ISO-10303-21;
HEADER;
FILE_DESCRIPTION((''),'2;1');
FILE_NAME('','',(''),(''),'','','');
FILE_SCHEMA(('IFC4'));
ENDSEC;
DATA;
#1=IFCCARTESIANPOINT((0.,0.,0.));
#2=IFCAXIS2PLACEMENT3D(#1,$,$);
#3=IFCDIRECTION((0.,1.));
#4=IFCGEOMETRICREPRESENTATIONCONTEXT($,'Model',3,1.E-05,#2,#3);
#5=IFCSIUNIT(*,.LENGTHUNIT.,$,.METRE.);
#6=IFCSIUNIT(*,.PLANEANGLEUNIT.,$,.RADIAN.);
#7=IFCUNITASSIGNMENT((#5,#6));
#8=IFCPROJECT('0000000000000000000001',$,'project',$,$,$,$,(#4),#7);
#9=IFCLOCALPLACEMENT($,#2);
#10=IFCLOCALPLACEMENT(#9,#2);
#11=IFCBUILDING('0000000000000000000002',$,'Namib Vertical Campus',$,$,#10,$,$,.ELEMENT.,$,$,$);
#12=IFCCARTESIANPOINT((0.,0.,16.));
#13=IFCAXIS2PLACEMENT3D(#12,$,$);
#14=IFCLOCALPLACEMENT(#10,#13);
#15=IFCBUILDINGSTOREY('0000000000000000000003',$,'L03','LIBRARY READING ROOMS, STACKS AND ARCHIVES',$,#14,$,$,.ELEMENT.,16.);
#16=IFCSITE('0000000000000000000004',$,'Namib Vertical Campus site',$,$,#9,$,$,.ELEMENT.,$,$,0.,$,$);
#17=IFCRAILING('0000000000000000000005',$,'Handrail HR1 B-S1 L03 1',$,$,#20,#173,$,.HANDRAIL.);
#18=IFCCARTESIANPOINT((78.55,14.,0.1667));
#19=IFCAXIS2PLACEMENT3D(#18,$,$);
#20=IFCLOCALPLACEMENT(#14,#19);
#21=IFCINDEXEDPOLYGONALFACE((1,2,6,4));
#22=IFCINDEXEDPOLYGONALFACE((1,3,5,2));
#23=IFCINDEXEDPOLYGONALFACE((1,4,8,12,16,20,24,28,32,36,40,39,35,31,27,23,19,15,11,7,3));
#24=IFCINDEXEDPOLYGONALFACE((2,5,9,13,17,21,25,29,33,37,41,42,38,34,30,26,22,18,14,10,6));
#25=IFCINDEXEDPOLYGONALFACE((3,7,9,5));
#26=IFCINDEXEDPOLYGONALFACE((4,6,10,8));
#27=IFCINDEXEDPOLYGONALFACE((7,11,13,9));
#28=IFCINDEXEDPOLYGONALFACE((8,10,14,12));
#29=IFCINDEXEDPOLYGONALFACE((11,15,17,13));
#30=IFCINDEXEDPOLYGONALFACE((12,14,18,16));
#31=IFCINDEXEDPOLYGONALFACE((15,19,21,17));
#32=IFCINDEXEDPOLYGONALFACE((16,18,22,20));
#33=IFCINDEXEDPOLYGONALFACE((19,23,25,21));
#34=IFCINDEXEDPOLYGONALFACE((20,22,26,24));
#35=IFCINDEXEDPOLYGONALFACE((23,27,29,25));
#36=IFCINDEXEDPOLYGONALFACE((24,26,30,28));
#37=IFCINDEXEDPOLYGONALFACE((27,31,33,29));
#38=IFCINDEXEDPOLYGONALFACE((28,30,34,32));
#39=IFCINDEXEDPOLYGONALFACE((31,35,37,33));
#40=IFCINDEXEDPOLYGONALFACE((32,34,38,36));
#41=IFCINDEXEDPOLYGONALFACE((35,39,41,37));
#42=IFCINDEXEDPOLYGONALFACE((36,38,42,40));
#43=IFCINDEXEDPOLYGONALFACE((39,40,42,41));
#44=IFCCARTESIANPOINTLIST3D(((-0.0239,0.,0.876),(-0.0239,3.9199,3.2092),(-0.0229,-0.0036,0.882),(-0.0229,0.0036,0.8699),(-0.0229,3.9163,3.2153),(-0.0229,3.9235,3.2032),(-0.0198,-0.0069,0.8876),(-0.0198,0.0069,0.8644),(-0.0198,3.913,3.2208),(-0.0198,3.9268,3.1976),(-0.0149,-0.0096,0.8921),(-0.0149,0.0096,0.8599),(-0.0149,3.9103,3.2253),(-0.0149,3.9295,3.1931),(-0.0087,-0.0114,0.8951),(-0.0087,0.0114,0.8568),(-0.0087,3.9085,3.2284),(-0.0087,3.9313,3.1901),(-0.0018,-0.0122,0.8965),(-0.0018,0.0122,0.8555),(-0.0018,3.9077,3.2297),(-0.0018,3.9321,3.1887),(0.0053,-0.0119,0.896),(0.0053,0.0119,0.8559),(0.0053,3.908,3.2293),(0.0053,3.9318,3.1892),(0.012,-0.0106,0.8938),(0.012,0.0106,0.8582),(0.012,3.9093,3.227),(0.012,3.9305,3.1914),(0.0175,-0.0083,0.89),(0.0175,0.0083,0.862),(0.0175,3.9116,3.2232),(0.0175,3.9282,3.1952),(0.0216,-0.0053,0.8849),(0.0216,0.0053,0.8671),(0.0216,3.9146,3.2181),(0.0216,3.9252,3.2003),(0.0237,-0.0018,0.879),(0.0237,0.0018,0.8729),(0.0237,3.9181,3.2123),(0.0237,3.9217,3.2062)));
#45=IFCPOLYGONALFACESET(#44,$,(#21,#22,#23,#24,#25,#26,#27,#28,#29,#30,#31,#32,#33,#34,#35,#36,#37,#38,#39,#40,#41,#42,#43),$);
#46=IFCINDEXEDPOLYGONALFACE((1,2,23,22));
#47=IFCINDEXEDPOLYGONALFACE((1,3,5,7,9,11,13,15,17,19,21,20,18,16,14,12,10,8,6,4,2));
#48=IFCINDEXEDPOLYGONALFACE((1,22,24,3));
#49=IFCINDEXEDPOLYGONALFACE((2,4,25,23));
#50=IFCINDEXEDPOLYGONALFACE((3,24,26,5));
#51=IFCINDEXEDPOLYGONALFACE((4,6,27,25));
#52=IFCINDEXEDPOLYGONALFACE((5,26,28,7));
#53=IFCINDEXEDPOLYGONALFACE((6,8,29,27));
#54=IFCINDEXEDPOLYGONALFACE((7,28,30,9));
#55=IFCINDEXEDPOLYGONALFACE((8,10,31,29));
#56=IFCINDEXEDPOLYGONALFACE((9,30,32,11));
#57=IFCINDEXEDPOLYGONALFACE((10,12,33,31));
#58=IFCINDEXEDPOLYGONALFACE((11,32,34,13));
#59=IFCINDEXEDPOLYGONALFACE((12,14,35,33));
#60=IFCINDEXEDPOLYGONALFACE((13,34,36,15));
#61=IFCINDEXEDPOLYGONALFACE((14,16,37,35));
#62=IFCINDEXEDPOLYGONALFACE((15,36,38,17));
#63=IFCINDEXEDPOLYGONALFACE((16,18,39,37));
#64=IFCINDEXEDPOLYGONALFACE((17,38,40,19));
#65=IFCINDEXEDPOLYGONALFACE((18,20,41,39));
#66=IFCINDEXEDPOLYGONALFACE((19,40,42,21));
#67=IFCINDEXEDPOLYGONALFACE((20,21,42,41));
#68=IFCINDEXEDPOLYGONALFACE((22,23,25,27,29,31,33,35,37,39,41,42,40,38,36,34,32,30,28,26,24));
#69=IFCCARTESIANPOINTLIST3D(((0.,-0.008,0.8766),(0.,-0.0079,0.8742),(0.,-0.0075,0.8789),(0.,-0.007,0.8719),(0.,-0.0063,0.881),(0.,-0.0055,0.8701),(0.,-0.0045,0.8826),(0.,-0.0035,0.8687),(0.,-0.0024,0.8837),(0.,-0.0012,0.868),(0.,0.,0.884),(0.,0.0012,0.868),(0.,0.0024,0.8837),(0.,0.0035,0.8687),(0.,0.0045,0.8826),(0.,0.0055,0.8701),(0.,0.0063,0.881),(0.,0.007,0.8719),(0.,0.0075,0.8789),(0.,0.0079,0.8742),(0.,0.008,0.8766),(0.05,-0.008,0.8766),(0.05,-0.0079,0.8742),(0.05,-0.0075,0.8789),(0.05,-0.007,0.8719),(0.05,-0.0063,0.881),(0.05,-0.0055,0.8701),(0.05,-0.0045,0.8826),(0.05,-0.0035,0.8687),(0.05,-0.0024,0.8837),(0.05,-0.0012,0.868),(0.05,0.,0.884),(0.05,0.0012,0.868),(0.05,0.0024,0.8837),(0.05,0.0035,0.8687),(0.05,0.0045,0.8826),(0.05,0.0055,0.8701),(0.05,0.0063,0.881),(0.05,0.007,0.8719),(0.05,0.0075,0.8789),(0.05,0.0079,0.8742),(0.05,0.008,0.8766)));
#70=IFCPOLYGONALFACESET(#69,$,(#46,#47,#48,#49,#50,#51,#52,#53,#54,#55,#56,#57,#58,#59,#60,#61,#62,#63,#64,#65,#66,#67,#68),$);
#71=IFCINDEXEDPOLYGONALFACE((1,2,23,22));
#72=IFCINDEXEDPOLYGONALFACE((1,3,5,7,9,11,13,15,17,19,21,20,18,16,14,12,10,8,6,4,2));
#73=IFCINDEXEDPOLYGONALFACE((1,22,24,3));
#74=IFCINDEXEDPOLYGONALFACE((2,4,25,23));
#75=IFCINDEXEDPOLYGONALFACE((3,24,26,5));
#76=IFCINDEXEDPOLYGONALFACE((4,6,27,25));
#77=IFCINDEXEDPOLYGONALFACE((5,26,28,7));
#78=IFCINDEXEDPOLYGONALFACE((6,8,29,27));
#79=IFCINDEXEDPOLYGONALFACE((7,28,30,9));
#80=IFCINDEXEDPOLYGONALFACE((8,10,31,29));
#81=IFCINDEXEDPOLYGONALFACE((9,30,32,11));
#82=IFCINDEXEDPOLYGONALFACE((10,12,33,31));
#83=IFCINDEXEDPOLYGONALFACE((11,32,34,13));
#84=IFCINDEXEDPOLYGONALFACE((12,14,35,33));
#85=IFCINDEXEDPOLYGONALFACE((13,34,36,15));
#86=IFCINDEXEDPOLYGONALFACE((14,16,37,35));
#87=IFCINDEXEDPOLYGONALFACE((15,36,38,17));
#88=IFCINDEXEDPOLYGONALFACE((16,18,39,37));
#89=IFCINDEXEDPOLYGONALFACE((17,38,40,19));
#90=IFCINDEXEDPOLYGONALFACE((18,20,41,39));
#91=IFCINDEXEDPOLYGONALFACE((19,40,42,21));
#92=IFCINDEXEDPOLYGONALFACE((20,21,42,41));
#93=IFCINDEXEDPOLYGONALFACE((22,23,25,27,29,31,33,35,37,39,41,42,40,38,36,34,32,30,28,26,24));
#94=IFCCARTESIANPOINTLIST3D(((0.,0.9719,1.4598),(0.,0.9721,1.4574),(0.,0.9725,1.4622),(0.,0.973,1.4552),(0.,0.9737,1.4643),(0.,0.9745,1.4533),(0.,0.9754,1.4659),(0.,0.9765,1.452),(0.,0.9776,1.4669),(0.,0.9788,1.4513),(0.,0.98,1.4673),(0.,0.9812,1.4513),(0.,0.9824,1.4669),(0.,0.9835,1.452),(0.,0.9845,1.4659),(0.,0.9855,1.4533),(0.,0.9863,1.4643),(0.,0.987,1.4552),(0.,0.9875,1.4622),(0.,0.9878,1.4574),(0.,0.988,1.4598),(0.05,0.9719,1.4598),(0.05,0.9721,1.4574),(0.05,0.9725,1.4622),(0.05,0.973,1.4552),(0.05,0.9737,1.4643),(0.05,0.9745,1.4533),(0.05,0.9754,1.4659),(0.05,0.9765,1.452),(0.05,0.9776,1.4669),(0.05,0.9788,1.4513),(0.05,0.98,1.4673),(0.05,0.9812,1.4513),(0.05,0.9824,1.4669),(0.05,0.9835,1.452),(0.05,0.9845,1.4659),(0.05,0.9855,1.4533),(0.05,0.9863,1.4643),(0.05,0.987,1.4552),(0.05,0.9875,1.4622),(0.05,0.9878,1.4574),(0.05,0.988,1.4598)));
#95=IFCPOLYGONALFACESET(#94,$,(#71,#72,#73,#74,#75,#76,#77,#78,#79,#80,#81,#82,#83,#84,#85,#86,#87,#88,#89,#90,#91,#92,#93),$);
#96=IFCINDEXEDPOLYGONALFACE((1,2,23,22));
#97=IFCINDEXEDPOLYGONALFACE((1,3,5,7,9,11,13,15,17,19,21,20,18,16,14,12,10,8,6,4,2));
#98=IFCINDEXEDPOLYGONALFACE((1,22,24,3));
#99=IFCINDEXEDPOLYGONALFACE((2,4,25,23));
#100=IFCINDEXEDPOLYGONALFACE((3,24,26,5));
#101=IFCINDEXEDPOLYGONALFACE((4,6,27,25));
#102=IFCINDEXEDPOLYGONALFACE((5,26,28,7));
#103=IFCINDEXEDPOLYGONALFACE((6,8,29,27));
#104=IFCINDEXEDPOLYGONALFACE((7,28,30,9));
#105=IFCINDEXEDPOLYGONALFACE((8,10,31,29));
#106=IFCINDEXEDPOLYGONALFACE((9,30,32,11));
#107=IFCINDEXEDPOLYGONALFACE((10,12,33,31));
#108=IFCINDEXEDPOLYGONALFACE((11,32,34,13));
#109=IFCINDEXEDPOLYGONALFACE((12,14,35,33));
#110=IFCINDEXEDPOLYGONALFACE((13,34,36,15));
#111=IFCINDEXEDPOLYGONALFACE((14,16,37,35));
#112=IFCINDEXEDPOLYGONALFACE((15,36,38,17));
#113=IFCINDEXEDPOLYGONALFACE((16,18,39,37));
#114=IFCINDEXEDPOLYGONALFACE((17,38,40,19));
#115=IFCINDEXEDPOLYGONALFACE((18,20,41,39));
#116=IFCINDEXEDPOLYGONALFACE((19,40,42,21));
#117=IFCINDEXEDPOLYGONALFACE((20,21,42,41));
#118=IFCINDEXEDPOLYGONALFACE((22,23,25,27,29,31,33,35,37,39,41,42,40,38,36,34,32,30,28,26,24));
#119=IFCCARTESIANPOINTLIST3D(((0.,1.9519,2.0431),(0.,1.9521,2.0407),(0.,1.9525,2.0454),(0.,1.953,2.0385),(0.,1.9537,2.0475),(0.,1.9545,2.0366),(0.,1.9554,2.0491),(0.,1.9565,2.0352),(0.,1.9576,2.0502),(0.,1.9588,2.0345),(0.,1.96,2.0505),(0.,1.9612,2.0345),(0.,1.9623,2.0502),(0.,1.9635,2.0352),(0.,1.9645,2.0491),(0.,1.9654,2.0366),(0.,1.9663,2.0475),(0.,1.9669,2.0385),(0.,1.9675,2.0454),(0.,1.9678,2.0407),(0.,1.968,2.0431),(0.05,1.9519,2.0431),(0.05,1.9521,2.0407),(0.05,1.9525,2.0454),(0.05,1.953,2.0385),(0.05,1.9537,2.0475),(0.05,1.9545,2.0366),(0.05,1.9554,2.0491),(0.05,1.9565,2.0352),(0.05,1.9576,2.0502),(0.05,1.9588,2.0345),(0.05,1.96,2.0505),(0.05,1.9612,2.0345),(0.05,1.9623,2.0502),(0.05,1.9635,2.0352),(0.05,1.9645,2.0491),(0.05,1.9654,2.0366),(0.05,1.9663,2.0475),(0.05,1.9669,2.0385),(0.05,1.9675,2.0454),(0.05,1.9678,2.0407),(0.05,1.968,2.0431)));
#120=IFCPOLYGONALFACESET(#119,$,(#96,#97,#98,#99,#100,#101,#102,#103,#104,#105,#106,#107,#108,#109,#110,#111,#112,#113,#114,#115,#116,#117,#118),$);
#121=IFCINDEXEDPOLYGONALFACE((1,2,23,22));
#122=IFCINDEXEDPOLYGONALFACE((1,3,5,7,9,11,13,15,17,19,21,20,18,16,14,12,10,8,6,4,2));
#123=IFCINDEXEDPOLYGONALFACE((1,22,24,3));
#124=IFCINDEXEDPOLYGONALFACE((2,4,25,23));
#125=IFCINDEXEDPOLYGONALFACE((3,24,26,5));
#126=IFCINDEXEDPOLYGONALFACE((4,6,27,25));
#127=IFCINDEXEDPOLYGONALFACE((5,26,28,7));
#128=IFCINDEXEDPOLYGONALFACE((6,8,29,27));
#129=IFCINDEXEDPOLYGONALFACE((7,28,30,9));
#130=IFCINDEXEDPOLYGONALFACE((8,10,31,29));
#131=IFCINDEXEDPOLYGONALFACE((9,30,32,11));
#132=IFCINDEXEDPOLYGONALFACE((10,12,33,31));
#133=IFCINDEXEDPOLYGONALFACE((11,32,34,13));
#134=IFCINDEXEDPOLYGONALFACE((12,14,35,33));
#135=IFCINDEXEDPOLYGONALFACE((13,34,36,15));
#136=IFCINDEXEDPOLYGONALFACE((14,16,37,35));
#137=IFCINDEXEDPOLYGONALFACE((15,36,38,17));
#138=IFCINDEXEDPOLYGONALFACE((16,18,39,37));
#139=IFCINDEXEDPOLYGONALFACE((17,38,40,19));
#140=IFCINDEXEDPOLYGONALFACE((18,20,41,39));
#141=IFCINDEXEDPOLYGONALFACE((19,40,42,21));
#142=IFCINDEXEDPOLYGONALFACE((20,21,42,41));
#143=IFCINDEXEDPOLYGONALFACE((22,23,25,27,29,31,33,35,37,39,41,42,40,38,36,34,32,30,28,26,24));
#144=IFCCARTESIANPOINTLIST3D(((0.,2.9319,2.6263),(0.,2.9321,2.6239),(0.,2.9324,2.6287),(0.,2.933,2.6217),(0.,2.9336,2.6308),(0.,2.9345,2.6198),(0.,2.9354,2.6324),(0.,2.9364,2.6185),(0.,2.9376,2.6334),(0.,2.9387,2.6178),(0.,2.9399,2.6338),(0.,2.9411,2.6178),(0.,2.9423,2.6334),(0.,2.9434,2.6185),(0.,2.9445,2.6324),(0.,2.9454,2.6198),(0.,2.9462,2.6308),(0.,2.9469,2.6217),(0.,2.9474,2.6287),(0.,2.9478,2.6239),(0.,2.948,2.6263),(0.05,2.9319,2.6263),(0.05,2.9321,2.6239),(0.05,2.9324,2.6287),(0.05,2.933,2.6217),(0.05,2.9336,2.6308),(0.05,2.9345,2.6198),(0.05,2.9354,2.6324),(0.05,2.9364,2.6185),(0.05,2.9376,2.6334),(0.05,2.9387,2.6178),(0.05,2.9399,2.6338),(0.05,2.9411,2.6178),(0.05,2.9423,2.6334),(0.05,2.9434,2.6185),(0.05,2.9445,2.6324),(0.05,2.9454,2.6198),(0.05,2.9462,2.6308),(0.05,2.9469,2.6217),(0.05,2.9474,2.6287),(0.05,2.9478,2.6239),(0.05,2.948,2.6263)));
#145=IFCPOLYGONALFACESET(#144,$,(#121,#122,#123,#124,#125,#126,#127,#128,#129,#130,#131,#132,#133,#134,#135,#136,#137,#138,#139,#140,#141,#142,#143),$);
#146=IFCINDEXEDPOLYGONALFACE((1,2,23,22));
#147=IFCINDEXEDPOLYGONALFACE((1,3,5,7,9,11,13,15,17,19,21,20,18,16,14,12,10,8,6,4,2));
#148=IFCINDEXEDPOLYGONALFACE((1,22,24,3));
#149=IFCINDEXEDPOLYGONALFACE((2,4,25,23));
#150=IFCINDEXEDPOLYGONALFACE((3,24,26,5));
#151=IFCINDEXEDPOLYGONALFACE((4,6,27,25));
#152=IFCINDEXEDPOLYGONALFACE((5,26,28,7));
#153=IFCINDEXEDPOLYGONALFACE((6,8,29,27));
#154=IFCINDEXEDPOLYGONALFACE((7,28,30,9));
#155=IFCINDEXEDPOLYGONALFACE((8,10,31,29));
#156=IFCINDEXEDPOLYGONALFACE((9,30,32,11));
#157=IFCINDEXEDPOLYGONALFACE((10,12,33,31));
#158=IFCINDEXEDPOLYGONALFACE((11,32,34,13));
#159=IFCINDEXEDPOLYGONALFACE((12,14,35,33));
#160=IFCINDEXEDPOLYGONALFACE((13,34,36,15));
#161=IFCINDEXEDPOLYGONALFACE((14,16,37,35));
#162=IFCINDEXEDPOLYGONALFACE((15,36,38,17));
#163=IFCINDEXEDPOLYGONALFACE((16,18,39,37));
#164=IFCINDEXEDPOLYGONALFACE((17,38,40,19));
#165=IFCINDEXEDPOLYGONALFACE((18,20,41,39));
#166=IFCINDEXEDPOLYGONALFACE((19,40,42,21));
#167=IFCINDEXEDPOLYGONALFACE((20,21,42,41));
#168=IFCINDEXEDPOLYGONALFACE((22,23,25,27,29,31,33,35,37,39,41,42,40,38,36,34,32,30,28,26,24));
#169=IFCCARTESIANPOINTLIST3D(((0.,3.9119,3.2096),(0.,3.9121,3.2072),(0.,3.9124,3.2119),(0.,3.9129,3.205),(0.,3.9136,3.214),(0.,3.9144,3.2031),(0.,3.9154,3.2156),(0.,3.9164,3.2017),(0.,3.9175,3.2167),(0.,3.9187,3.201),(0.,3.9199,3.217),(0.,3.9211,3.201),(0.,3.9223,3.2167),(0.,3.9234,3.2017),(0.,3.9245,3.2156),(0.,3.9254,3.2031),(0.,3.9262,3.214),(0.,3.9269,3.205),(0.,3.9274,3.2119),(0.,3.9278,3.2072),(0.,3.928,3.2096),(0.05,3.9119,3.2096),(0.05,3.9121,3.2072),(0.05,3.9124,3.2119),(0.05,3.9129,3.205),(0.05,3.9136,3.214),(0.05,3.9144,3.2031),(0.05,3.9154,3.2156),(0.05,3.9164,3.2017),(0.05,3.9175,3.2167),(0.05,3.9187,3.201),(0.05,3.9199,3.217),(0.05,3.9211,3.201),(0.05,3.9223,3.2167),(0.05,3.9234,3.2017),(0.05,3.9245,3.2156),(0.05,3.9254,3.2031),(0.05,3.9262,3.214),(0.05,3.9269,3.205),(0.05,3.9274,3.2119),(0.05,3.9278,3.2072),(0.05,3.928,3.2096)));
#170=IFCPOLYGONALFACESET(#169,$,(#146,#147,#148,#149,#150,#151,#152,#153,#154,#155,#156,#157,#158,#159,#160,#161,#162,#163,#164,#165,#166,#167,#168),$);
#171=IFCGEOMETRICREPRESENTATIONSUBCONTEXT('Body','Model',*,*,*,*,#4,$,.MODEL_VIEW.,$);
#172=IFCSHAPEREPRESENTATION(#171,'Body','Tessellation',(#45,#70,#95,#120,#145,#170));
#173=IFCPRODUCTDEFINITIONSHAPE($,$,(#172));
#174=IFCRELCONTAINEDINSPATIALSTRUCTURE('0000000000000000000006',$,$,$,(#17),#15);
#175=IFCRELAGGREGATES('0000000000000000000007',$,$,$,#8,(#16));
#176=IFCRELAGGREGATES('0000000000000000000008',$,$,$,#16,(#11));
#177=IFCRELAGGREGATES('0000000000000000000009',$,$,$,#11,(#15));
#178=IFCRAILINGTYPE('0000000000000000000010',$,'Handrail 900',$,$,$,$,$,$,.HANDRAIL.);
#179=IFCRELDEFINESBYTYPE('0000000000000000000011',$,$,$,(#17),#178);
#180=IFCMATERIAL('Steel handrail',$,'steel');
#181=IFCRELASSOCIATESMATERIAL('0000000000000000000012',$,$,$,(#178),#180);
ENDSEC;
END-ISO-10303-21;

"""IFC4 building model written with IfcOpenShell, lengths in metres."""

from ifc_helpers import new_model, si_unit, direction, frame, origin, origin_2d, place, context, subcontext, project, spatial, circle, extrude, material, type_object, element, save


model = new_model("IFC4")

# Units and contexts
model_context = context("Model", 3, precision=1e-05, world=origin(), true_north=direction((0.0, 1.0)))
body_context = subcontext(model_context, "Body", "Model", "MODEL_VIEW")
ifc_project = project(units=[si_unit("LENGTHUNIT", "METRE"), si_unit("PLANEANGLEUNIT", "RADIAN")], contexts=[model_context])

# Site, building, storey
site_placement = place(None, origin())
site = spatial("IfcSite", under=ifc_project, at=site_placement, Name="Namib Vertical Campus site", CompositionType="ELEMENT", RefElevation=0.0)
building_placement = place(site_placement, origin())
building = spatial("IfcBuilding", under=site, at=building_placement, Name="Namib Vertical Campus", CompositionType="ELEMENT")
storey_placement = place(building_placement, frame((0.0, 0.0, 16.0)))
storey = spatial("IfcBuildingStorey", under=building, at=storey_placement, Name="L03", Description="LIBRARY READING ROOMS, STACKS AND ARCHIVES", CompositionType="ELEMENT", Elevation=16.0)

# Railing
ifc_material_1 = material(Name="Steel handrail", Category="steel")
railing_type_1 = type_object("IfcRailingType", Name="Handrail 900", PredefinedType="HANDRAIL", material=ifc_material_1)
railing_1_placement = place(storey_placement, frame((78.55, 14.0, 0.1667)))
element("IfcRailing", 1, at=railing_1_placement, inside=storey, type_object=railing_type_1, Name="Handrail HR1 B-S1 L03 1", PredefinedType="HANDRAIL", context=body_context, shape_type="SweptSolid", body=[
    extrude(circle(Radius=0.0239, at=origin_2d()), frame((0.0, 0.0, 0.876), z_axis=(0.0, 0.859296, 0.511478), x_axis=(-1.0, 0.0, 0.0)), (0.0, 0.0, 1.0), 4.5618),
    extrude(circle(Radius=0.0081, at=origin_2d()), frame((0.0, 0.0, 0.876), z_axis=(1.0, 0.0, 0.0), x_axis=(0.0, 0.0, 1.0)), (0.0, 0.0, 1.0), 0.05),
    extrude(circle(Radius=0.0081, at=origin_2d()), frame((0.0, 0.98, 1.4592), z_axis=(1.0, 0.0, 0.0), x_axis=(0.0, 0.0, 1.0)), (0.0, 0.0, 1.0), 0.05),
    extrude(circle(Radius=0.0081, at=origin_2d()), frame((0.0, 1.96, 2.0425), z_axis=(1.0, 0.0, 0.0), x_axis=(0.0, 0.0, 1.0)), (0.0, 0.0, 1.0), 0.05),
    extrude(circle(Radius=0.0081, at=origin_2d()), frame((0.0, 2.9399, 2.6257), z_axis=(1.0, 0.0, 0.0), x_axis=(0.0, 0.0, 1.0)), (0.0, 0.0, 1.0), 0.05),
    extrude(circle(Radius=0.0081, at=origin_2d()), frame((0.0, 3.9199, 3.209), z_axis=(1.0, 0.0, 0.0), x_axis=(0.0, 0.0, 1.0)), (0.0, 0.0, 1.0), 0.05),
])

save(model, "model.ifc")
